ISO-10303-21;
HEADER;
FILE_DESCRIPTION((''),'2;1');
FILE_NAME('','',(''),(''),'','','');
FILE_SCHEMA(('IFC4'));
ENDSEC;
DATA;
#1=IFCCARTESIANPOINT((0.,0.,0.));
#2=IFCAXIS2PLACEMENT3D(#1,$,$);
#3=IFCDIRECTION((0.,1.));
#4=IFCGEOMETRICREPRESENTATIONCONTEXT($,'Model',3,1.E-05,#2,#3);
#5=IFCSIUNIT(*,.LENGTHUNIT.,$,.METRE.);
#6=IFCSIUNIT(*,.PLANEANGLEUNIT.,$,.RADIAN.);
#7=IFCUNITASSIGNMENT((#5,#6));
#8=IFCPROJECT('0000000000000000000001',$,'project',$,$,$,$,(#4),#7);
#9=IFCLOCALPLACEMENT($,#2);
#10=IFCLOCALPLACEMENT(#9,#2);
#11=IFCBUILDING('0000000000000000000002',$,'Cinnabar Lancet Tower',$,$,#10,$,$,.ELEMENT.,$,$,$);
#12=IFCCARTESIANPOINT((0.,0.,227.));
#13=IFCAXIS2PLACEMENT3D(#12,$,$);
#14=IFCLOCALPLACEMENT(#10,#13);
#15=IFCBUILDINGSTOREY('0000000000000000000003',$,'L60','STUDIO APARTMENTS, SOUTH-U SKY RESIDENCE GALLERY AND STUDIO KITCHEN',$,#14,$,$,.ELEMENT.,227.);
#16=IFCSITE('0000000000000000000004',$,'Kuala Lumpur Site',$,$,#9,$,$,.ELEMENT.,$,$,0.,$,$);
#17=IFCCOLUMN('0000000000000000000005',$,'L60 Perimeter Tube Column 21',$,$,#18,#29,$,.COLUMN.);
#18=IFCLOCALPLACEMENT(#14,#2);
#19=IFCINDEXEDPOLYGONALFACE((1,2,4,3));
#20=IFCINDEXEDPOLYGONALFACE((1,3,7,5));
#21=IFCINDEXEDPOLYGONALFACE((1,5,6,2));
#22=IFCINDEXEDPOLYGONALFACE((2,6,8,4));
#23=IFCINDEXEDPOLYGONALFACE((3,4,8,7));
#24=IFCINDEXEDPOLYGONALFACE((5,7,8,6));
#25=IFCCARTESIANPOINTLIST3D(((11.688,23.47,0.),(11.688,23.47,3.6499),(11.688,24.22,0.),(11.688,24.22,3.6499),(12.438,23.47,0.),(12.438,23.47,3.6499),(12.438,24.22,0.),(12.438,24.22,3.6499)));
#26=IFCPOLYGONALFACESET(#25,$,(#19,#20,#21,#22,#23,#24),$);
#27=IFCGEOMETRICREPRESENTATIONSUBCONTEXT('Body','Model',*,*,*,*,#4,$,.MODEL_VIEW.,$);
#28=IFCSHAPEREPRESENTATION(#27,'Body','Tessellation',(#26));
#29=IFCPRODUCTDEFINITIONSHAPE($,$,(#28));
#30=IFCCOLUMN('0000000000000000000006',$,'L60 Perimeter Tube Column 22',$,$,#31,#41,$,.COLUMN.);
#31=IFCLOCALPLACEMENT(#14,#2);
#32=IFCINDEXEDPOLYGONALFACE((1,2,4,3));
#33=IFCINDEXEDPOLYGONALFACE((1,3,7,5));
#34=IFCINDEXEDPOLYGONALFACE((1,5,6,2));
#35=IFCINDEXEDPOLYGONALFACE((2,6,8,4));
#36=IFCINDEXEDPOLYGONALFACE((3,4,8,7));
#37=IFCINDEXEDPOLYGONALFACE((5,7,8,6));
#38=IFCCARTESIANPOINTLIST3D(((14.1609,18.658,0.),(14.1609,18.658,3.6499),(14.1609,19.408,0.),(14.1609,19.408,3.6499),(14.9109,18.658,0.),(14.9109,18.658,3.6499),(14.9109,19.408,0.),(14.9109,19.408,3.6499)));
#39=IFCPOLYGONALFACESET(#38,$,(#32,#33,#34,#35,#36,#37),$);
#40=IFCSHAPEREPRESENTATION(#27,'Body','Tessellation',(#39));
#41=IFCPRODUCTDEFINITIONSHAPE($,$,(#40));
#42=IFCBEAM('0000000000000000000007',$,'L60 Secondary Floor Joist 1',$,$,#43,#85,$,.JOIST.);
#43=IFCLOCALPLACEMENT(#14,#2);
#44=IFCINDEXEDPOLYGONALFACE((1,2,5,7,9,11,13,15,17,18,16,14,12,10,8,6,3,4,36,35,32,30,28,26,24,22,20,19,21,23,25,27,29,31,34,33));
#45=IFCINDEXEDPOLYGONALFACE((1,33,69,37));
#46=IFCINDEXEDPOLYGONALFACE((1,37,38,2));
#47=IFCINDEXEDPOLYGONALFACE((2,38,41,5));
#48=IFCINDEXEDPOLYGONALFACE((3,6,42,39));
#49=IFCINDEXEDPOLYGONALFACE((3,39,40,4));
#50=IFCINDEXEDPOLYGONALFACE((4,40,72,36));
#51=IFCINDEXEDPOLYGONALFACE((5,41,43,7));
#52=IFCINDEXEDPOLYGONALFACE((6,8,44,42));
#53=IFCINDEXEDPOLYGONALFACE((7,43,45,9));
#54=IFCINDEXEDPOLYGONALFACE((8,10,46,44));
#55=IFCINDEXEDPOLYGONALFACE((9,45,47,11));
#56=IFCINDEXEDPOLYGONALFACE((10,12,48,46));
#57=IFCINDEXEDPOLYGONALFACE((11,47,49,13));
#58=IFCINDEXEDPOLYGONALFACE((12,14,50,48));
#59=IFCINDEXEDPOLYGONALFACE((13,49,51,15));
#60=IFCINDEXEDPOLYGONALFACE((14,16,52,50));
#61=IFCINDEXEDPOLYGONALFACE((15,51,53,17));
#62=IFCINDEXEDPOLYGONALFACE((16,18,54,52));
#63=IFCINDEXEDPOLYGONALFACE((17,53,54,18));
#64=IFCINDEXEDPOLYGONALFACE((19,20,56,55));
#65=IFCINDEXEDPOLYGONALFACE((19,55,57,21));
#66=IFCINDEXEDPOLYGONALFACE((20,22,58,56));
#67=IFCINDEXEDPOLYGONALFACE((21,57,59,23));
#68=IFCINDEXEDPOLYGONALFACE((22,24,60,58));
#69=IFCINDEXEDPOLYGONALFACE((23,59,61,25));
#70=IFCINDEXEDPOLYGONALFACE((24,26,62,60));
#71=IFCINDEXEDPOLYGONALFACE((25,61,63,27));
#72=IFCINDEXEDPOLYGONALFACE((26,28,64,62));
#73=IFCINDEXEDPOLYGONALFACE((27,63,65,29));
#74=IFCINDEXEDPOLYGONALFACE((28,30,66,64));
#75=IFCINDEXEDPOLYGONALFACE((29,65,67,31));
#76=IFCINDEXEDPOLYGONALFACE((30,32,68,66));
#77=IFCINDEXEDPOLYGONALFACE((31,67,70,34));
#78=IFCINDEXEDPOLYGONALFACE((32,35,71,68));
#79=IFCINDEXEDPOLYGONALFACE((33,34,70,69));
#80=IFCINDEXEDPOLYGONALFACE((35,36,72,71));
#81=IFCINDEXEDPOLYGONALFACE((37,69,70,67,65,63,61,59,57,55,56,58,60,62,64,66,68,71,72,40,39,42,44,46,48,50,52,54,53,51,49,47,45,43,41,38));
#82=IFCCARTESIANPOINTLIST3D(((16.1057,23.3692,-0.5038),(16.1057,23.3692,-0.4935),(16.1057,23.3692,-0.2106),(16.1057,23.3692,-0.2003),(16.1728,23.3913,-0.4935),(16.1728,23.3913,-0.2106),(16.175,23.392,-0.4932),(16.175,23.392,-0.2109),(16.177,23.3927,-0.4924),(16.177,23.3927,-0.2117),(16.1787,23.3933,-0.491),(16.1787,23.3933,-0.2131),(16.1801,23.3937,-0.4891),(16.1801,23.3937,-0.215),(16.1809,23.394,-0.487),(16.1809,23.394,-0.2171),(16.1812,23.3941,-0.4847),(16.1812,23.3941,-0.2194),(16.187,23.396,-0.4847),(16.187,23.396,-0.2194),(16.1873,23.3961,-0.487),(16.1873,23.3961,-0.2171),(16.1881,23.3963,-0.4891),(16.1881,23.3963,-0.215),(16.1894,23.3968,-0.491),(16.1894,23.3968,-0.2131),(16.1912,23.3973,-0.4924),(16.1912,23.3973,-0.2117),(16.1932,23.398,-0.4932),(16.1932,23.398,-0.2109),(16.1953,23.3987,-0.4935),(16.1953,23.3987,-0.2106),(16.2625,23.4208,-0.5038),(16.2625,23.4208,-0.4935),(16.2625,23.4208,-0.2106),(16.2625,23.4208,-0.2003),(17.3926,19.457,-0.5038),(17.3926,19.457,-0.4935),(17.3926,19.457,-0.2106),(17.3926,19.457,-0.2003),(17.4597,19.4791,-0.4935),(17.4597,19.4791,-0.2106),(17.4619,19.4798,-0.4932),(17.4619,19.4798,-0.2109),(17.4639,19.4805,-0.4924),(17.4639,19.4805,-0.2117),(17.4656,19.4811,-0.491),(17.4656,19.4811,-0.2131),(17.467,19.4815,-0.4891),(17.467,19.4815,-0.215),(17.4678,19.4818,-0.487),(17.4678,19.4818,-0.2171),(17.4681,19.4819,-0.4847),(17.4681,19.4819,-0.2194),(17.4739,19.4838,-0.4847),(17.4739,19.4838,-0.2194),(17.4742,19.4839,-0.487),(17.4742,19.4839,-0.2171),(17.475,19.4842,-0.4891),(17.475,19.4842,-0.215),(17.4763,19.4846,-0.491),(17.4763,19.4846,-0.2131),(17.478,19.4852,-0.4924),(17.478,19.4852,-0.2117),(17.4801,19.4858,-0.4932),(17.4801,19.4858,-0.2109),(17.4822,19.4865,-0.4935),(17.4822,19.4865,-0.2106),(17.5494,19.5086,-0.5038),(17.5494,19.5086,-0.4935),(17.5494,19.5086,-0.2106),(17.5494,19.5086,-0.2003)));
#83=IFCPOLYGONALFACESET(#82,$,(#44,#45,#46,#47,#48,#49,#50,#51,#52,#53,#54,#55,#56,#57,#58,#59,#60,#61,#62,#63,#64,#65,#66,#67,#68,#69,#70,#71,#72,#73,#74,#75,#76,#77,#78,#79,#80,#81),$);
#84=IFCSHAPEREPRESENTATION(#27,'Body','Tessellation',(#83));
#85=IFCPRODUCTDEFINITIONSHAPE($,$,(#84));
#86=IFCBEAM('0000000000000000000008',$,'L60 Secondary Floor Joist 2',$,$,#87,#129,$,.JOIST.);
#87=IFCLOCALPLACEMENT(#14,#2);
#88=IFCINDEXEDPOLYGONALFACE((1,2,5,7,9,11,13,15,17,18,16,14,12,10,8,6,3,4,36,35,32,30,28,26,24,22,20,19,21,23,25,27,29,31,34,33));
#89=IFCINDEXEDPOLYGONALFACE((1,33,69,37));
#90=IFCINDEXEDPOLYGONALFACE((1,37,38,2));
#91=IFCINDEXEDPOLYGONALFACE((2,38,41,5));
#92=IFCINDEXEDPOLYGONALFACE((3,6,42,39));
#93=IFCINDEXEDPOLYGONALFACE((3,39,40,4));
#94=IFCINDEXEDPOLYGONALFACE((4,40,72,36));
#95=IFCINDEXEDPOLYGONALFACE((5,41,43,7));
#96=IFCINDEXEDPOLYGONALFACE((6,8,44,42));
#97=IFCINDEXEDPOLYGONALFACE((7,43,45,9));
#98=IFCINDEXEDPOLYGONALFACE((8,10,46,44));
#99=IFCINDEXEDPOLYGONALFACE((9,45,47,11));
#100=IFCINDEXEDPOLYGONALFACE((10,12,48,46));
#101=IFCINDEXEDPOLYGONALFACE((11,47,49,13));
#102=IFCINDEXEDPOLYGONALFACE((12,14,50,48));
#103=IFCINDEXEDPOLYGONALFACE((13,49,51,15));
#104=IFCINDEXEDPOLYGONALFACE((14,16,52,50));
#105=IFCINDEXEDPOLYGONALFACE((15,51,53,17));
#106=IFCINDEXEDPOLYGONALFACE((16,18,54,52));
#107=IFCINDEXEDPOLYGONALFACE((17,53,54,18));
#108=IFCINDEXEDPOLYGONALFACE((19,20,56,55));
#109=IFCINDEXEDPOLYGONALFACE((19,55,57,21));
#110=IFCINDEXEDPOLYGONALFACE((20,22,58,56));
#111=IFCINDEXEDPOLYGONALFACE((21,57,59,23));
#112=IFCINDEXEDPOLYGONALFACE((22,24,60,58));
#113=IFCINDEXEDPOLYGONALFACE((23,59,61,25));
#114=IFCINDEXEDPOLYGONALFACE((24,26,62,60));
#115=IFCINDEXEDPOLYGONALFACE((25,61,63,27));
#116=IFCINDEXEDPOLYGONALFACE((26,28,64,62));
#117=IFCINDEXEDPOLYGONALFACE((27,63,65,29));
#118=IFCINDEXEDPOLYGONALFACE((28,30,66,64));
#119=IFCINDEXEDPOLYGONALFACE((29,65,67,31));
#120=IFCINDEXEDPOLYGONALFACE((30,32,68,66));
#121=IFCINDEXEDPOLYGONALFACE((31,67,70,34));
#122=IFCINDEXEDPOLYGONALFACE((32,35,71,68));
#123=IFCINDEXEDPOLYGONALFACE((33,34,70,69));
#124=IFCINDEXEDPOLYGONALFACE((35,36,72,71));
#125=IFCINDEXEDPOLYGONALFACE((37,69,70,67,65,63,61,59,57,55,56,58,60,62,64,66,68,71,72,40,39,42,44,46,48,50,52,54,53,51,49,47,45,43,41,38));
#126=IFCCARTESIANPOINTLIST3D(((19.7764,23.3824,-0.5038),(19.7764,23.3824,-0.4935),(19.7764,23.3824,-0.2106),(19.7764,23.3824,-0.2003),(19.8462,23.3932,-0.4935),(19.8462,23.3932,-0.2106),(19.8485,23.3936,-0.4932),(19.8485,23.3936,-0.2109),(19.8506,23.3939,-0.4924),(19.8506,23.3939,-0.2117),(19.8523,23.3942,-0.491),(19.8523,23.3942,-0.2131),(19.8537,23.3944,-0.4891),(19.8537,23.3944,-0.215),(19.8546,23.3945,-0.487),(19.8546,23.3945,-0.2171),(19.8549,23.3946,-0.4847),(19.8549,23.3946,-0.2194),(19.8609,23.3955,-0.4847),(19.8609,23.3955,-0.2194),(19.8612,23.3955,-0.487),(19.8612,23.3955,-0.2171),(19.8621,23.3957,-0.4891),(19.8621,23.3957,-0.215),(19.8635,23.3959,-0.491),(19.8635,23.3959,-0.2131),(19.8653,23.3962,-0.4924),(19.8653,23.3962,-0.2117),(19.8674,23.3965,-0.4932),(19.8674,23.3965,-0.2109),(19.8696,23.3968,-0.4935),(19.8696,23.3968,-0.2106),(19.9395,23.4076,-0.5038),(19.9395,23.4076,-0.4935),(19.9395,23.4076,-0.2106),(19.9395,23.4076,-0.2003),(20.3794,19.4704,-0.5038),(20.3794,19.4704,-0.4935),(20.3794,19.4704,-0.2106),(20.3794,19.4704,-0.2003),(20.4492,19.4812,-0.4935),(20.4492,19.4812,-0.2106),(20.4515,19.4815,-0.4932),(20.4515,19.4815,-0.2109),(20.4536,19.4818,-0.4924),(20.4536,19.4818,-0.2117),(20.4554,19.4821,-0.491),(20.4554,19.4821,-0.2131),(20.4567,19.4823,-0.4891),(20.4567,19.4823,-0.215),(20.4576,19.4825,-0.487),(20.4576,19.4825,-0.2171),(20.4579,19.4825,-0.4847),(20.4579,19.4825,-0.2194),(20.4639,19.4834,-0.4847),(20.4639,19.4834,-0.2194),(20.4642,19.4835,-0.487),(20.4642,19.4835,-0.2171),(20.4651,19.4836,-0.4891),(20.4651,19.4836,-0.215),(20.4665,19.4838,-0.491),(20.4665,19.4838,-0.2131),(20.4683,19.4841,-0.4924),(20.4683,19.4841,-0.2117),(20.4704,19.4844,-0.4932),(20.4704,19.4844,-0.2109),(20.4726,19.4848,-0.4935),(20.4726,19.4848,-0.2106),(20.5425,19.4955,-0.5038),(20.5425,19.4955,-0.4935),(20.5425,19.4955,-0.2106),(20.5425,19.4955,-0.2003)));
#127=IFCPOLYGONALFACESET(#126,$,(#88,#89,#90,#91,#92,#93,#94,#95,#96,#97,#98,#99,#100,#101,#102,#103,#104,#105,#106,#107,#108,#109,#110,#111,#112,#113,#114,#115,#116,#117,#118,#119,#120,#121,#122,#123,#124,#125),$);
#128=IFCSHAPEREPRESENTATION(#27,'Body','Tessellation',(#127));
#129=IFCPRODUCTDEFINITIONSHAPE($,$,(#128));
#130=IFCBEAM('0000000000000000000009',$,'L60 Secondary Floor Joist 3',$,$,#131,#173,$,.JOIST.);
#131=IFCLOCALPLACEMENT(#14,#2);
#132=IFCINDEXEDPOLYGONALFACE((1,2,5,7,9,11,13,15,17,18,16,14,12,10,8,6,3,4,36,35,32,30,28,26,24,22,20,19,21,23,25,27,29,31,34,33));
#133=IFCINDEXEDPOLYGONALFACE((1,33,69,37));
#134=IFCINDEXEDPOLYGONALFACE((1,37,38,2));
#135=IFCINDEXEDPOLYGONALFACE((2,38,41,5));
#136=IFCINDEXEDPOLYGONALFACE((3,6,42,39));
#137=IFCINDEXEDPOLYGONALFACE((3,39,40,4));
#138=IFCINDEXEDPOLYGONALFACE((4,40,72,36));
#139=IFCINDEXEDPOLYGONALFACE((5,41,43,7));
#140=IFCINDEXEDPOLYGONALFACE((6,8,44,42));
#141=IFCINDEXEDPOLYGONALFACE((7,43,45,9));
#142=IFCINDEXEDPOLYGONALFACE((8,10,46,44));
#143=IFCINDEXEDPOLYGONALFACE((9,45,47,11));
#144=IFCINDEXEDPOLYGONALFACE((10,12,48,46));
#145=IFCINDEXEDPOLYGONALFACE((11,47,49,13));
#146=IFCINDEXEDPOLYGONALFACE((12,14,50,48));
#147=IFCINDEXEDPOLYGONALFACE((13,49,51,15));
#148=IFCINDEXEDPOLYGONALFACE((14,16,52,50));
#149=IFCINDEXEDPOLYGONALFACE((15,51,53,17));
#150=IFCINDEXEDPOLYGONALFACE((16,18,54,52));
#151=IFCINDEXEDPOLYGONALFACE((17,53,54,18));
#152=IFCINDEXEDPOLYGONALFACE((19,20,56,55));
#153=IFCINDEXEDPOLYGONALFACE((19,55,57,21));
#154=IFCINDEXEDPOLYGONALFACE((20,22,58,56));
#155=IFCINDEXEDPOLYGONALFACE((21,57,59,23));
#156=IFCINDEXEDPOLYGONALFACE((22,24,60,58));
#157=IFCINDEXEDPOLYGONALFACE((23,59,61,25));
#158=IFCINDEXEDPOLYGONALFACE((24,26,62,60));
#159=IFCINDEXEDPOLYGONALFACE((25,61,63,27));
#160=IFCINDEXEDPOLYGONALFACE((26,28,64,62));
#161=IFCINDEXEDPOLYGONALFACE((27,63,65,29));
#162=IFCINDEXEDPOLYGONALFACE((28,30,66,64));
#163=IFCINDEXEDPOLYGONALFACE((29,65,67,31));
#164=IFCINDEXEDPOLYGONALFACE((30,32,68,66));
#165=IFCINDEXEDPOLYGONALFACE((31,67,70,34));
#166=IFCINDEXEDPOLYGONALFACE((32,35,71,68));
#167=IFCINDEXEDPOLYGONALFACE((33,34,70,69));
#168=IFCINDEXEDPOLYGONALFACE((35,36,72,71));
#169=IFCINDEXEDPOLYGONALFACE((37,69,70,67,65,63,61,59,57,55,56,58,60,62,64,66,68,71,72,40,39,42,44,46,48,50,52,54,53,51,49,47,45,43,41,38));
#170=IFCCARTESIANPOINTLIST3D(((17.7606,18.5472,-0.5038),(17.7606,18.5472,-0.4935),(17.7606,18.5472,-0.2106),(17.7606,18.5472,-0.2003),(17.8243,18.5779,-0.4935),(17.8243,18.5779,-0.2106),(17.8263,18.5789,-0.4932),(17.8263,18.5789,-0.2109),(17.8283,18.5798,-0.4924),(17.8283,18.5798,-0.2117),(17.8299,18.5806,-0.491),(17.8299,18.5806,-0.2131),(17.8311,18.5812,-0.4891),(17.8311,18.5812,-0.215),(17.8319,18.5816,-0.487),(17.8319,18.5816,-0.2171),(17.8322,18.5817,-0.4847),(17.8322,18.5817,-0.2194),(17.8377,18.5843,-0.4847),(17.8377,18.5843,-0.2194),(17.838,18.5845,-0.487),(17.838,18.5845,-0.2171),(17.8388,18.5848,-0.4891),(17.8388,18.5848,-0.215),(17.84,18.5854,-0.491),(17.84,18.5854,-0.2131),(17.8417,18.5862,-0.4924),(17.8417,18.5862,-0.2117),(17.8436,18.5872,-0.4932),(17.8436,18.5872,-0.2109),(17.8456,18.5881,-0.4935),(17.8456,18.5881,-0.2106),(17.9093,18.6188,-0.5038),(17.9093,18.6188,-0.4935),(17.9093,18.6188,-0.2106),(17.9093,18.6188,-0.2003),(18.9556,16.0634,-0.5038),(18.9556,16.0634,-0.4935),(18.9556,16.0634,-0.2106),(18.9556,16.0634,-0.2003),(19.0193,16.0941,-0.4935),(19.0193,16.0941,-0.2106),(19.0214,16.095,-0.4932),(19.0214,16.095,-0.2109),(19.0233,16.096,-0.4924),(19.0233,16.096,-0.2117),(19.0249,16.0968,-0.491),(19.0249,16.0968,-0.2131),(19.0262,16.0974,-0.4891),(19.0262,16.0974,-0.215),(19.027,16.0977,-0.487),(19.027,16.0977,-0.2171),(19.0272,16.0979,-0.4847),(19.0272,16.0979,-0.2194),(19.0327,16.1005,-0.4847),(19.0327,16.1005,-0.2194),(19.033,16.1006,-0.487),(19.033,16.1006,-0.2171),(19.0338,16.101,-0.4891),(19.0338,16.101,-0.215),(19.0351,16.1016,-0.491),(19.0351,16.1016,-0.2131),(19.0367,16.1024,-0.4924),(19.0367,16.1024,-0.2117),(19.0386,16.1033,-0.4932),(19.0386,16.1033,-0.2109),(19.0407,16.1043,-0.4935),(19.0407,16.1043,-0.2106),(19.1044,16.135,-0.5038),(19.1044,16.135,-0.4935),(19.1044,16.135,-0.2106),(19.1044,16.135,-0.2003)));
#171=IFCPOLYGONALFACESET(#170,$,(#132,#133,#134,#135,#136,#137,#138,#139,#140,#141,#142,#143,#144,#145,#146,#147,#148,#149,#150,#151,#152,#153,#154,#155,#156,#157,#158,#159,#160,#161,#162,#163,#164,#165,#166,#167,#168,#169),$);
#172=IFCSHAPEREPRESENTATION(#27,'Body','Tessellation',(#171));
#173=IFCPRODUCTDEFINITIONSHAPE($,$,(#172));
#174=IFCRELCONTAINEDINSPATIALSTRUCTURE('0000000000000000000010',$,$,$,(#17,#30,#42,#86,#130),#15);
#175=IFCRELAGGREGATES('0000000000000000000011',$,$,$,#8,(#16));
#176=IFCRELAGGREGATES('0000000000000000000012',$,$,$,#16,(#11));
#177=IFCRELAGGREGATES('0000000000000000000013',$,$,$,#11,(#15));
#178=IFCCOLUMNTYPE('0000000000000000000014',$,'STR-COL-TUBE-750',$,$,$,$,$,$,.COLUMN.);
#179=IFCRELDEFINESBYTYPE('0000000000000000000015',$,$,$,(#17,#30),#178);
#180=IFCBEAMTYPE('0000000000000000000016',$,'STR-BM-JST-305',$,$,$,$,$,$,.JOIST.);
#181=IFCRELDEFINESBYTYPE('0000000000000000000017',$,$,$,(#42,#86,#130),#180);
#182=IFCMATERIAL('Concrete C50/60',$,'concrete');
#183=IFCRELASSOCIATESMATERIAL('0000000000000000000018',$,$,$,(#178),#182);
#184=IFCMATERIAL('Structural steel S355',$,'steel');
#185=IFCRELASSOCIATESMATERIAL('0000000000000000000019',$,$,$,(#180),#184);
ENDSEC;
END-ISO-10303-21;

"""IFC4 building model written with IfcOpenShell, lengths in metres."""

from ifc_helpers import new_model, si_unit, direction, frame, origin, origin_2d, place, context, subcontext, project, spatial, rectangle, i_section, extrude, material, material_profile, profile_set, type_object, element, save


model = new_model("IFC4")

# Units and contexts
model_context = context("Model", 3, precision=1e-05, world=origin(), true_north=direction((0.0, 1.0)))
body_context = subcontext(model_context, "Body", "Model", "MODEL_VIEW")
ifc_project = project(units=[si_unit("LENGTHUNIT", "METRE"), si_unit("PLANEANGLEUNIT", "RADIAN")], contexts=[model_context])

# Site, building, storey
site_placement = place(None, origin())
site = spatial("IfcSite", under=ifc_project, at=site_placement, Name="Kuala Lumpur Site", CompositionType="ELEMENT", RefElevation=0.0)
building_placement = place(site_placement, origin())
building = spatial("IfcBuilding", under=site, at=building_placement, Name="Cinnabar Lancet Tower", CompositionType="ELEMENT")
storey_placement = place(building_placement, frame((0.0, 0.0, 227.0)))
storey = spatial("IfcBuildingStorey", under=building, at=storey_placement, Name="L60", Description="STUDIO APARTMENTS, SOUTH-U SKY RESIDENCE GALLERY AND STUDIO KITCHEN", CompositionType="ELEMENT", Elevation=227.0)

# Columns
ifc_material_1 = material(Name="Concrete C50/60", Category="concrete")
ifc_material_profile_1 = material_profile(ifc_material_1, rectangle(XDim=0.75, YDim=0.75, at=origin_2d()), Name="RC-COL 750x750")
ifc_profile_set_1 = profile_set([ifc_material_profile_1], Name="Concrete C50/60")
column_type = type_object("IfcColumnType", Name="STR-COL-TUBE-750", PredefinedType="COLUMN", material=ifc_profile_set_1)
for number, where, z_axis, x_axis, name in (
    (1, (12.063, 23.845, 0.0), (0.0, 0.0, 1.0), (1.0, 0.0, 0.0), "L60 Perimeter Tube Column 21"),
    (2, (14.5359, 19.033, 0.0), (0.0, 0.0, 1.0), (1.0, 0.0, 0.0), "L60 Perimeter Tube Column 22"),
):
    element("IfcColumn", number, at=place(storey_placement, frame(where, z_axis=z_axis, x_axis=x_axis)), inside=storey, type_object=column_type, Name=name, PredefinedType="COLUMN", context=body_context, shape_type="SweptSolid", body=[
        extrude(rectangle(XDim=0.75, YDim=0.75, at=origin_2d()), origin(), (0.0, 0.0, 1.0), 3.6499),
    ])

# Beams
ifc_material_2 = material(Name="Structural steel S355", Category="steel")
ifc_material_profile_2 = material_profile(ifc_material_2, i_section(OverallWidth=0.165, OverallDepth=0.3035, WebThickness=0.0061, FlangeThickness=0.0103, FilletRadius=0.0088, at=origin_2d()), Name="UKB 305x165x40")
ifc_profile_set_2 = profile_set([ifc_material_profile_2], Name="Structural steel S355")
beam_type_1 = type_object("IfcBeamType", Name="STR-BM-JST-305", PredefinedType="JOIST", material=ifc_profile_set_2)
beam_1_placement = place(storey_placement, frame((16.1841, 23.395, -0.3521), z_axis=(0.312473, -0.949927, 0.0), x_axis=(0.949927, 0.312473, 0.0)))
element("IfcBeam", 3, at=beam_1_placement, inside=storey, type_object=beam_type_1, Name="L60 Secondary Floor Joist 1", PredefinedType="JOIST", context=body_context, shape_type="SweptSolid", body=[
    extrude(i_section(OverallWidth=0.165, OverallDepth=0.3035, WebThickness=0.0061, FlangeThickness=0.0103, FilletRadius=0.0088, at=origin_2d()), origin(), (0.0, 0.0, 1.0), 4.1184),
])
beam_2_placement = place(storey_placement, frame((19.8579, 23.395, -0.3521), z_axis=(0.152345, -0.988327, 0.0), x_axis=(0.988327, 0.152345, 0.0)))
element("IfcBeam", 4, at=beam_2_placement, inside=storey, type_object=beam_type_1, Name="L60 Secondary Floor Joist 2", PredefinedType="JOIST", context=body_context, shape_type="SweptSolid", body=[
    extrude(i_section(OverallWidth=0.165, OverallDepth=0.3035, WebThickness=0.0061, FlangeThickness=0.0103, FilletRadius=0.0088, at=origin_2d()), origin(), (0.0, 0.0, 1.0), 3.9583),
])
beam_3_placement = place(storey_placement, frame((17.835, 18.583, -0.3521), z_axis=(0.433557, -0.901126, 0.0), x_axis=(0.901126, 0.433557, 0.0)))
element("IfcBeam", 5, at=beam_3_placement, inside=storey, type_object=beam_type_1, Name="L60 Secondary Floor Joist 3", PredefinedType="JOIST", context=body_context, shape_type="SweptSolid", body=[
    extrude(i_section(OverallWidth=0.165, OverallDepth=0.3035, WebThickness=0.0061, FlangeThickness=0.0103, FilletRadius=0.0088, at=origin_2d()), origin(), (0.0, 0.0, 1.0), 2.7563),
])

save(model, "model.ifc")
